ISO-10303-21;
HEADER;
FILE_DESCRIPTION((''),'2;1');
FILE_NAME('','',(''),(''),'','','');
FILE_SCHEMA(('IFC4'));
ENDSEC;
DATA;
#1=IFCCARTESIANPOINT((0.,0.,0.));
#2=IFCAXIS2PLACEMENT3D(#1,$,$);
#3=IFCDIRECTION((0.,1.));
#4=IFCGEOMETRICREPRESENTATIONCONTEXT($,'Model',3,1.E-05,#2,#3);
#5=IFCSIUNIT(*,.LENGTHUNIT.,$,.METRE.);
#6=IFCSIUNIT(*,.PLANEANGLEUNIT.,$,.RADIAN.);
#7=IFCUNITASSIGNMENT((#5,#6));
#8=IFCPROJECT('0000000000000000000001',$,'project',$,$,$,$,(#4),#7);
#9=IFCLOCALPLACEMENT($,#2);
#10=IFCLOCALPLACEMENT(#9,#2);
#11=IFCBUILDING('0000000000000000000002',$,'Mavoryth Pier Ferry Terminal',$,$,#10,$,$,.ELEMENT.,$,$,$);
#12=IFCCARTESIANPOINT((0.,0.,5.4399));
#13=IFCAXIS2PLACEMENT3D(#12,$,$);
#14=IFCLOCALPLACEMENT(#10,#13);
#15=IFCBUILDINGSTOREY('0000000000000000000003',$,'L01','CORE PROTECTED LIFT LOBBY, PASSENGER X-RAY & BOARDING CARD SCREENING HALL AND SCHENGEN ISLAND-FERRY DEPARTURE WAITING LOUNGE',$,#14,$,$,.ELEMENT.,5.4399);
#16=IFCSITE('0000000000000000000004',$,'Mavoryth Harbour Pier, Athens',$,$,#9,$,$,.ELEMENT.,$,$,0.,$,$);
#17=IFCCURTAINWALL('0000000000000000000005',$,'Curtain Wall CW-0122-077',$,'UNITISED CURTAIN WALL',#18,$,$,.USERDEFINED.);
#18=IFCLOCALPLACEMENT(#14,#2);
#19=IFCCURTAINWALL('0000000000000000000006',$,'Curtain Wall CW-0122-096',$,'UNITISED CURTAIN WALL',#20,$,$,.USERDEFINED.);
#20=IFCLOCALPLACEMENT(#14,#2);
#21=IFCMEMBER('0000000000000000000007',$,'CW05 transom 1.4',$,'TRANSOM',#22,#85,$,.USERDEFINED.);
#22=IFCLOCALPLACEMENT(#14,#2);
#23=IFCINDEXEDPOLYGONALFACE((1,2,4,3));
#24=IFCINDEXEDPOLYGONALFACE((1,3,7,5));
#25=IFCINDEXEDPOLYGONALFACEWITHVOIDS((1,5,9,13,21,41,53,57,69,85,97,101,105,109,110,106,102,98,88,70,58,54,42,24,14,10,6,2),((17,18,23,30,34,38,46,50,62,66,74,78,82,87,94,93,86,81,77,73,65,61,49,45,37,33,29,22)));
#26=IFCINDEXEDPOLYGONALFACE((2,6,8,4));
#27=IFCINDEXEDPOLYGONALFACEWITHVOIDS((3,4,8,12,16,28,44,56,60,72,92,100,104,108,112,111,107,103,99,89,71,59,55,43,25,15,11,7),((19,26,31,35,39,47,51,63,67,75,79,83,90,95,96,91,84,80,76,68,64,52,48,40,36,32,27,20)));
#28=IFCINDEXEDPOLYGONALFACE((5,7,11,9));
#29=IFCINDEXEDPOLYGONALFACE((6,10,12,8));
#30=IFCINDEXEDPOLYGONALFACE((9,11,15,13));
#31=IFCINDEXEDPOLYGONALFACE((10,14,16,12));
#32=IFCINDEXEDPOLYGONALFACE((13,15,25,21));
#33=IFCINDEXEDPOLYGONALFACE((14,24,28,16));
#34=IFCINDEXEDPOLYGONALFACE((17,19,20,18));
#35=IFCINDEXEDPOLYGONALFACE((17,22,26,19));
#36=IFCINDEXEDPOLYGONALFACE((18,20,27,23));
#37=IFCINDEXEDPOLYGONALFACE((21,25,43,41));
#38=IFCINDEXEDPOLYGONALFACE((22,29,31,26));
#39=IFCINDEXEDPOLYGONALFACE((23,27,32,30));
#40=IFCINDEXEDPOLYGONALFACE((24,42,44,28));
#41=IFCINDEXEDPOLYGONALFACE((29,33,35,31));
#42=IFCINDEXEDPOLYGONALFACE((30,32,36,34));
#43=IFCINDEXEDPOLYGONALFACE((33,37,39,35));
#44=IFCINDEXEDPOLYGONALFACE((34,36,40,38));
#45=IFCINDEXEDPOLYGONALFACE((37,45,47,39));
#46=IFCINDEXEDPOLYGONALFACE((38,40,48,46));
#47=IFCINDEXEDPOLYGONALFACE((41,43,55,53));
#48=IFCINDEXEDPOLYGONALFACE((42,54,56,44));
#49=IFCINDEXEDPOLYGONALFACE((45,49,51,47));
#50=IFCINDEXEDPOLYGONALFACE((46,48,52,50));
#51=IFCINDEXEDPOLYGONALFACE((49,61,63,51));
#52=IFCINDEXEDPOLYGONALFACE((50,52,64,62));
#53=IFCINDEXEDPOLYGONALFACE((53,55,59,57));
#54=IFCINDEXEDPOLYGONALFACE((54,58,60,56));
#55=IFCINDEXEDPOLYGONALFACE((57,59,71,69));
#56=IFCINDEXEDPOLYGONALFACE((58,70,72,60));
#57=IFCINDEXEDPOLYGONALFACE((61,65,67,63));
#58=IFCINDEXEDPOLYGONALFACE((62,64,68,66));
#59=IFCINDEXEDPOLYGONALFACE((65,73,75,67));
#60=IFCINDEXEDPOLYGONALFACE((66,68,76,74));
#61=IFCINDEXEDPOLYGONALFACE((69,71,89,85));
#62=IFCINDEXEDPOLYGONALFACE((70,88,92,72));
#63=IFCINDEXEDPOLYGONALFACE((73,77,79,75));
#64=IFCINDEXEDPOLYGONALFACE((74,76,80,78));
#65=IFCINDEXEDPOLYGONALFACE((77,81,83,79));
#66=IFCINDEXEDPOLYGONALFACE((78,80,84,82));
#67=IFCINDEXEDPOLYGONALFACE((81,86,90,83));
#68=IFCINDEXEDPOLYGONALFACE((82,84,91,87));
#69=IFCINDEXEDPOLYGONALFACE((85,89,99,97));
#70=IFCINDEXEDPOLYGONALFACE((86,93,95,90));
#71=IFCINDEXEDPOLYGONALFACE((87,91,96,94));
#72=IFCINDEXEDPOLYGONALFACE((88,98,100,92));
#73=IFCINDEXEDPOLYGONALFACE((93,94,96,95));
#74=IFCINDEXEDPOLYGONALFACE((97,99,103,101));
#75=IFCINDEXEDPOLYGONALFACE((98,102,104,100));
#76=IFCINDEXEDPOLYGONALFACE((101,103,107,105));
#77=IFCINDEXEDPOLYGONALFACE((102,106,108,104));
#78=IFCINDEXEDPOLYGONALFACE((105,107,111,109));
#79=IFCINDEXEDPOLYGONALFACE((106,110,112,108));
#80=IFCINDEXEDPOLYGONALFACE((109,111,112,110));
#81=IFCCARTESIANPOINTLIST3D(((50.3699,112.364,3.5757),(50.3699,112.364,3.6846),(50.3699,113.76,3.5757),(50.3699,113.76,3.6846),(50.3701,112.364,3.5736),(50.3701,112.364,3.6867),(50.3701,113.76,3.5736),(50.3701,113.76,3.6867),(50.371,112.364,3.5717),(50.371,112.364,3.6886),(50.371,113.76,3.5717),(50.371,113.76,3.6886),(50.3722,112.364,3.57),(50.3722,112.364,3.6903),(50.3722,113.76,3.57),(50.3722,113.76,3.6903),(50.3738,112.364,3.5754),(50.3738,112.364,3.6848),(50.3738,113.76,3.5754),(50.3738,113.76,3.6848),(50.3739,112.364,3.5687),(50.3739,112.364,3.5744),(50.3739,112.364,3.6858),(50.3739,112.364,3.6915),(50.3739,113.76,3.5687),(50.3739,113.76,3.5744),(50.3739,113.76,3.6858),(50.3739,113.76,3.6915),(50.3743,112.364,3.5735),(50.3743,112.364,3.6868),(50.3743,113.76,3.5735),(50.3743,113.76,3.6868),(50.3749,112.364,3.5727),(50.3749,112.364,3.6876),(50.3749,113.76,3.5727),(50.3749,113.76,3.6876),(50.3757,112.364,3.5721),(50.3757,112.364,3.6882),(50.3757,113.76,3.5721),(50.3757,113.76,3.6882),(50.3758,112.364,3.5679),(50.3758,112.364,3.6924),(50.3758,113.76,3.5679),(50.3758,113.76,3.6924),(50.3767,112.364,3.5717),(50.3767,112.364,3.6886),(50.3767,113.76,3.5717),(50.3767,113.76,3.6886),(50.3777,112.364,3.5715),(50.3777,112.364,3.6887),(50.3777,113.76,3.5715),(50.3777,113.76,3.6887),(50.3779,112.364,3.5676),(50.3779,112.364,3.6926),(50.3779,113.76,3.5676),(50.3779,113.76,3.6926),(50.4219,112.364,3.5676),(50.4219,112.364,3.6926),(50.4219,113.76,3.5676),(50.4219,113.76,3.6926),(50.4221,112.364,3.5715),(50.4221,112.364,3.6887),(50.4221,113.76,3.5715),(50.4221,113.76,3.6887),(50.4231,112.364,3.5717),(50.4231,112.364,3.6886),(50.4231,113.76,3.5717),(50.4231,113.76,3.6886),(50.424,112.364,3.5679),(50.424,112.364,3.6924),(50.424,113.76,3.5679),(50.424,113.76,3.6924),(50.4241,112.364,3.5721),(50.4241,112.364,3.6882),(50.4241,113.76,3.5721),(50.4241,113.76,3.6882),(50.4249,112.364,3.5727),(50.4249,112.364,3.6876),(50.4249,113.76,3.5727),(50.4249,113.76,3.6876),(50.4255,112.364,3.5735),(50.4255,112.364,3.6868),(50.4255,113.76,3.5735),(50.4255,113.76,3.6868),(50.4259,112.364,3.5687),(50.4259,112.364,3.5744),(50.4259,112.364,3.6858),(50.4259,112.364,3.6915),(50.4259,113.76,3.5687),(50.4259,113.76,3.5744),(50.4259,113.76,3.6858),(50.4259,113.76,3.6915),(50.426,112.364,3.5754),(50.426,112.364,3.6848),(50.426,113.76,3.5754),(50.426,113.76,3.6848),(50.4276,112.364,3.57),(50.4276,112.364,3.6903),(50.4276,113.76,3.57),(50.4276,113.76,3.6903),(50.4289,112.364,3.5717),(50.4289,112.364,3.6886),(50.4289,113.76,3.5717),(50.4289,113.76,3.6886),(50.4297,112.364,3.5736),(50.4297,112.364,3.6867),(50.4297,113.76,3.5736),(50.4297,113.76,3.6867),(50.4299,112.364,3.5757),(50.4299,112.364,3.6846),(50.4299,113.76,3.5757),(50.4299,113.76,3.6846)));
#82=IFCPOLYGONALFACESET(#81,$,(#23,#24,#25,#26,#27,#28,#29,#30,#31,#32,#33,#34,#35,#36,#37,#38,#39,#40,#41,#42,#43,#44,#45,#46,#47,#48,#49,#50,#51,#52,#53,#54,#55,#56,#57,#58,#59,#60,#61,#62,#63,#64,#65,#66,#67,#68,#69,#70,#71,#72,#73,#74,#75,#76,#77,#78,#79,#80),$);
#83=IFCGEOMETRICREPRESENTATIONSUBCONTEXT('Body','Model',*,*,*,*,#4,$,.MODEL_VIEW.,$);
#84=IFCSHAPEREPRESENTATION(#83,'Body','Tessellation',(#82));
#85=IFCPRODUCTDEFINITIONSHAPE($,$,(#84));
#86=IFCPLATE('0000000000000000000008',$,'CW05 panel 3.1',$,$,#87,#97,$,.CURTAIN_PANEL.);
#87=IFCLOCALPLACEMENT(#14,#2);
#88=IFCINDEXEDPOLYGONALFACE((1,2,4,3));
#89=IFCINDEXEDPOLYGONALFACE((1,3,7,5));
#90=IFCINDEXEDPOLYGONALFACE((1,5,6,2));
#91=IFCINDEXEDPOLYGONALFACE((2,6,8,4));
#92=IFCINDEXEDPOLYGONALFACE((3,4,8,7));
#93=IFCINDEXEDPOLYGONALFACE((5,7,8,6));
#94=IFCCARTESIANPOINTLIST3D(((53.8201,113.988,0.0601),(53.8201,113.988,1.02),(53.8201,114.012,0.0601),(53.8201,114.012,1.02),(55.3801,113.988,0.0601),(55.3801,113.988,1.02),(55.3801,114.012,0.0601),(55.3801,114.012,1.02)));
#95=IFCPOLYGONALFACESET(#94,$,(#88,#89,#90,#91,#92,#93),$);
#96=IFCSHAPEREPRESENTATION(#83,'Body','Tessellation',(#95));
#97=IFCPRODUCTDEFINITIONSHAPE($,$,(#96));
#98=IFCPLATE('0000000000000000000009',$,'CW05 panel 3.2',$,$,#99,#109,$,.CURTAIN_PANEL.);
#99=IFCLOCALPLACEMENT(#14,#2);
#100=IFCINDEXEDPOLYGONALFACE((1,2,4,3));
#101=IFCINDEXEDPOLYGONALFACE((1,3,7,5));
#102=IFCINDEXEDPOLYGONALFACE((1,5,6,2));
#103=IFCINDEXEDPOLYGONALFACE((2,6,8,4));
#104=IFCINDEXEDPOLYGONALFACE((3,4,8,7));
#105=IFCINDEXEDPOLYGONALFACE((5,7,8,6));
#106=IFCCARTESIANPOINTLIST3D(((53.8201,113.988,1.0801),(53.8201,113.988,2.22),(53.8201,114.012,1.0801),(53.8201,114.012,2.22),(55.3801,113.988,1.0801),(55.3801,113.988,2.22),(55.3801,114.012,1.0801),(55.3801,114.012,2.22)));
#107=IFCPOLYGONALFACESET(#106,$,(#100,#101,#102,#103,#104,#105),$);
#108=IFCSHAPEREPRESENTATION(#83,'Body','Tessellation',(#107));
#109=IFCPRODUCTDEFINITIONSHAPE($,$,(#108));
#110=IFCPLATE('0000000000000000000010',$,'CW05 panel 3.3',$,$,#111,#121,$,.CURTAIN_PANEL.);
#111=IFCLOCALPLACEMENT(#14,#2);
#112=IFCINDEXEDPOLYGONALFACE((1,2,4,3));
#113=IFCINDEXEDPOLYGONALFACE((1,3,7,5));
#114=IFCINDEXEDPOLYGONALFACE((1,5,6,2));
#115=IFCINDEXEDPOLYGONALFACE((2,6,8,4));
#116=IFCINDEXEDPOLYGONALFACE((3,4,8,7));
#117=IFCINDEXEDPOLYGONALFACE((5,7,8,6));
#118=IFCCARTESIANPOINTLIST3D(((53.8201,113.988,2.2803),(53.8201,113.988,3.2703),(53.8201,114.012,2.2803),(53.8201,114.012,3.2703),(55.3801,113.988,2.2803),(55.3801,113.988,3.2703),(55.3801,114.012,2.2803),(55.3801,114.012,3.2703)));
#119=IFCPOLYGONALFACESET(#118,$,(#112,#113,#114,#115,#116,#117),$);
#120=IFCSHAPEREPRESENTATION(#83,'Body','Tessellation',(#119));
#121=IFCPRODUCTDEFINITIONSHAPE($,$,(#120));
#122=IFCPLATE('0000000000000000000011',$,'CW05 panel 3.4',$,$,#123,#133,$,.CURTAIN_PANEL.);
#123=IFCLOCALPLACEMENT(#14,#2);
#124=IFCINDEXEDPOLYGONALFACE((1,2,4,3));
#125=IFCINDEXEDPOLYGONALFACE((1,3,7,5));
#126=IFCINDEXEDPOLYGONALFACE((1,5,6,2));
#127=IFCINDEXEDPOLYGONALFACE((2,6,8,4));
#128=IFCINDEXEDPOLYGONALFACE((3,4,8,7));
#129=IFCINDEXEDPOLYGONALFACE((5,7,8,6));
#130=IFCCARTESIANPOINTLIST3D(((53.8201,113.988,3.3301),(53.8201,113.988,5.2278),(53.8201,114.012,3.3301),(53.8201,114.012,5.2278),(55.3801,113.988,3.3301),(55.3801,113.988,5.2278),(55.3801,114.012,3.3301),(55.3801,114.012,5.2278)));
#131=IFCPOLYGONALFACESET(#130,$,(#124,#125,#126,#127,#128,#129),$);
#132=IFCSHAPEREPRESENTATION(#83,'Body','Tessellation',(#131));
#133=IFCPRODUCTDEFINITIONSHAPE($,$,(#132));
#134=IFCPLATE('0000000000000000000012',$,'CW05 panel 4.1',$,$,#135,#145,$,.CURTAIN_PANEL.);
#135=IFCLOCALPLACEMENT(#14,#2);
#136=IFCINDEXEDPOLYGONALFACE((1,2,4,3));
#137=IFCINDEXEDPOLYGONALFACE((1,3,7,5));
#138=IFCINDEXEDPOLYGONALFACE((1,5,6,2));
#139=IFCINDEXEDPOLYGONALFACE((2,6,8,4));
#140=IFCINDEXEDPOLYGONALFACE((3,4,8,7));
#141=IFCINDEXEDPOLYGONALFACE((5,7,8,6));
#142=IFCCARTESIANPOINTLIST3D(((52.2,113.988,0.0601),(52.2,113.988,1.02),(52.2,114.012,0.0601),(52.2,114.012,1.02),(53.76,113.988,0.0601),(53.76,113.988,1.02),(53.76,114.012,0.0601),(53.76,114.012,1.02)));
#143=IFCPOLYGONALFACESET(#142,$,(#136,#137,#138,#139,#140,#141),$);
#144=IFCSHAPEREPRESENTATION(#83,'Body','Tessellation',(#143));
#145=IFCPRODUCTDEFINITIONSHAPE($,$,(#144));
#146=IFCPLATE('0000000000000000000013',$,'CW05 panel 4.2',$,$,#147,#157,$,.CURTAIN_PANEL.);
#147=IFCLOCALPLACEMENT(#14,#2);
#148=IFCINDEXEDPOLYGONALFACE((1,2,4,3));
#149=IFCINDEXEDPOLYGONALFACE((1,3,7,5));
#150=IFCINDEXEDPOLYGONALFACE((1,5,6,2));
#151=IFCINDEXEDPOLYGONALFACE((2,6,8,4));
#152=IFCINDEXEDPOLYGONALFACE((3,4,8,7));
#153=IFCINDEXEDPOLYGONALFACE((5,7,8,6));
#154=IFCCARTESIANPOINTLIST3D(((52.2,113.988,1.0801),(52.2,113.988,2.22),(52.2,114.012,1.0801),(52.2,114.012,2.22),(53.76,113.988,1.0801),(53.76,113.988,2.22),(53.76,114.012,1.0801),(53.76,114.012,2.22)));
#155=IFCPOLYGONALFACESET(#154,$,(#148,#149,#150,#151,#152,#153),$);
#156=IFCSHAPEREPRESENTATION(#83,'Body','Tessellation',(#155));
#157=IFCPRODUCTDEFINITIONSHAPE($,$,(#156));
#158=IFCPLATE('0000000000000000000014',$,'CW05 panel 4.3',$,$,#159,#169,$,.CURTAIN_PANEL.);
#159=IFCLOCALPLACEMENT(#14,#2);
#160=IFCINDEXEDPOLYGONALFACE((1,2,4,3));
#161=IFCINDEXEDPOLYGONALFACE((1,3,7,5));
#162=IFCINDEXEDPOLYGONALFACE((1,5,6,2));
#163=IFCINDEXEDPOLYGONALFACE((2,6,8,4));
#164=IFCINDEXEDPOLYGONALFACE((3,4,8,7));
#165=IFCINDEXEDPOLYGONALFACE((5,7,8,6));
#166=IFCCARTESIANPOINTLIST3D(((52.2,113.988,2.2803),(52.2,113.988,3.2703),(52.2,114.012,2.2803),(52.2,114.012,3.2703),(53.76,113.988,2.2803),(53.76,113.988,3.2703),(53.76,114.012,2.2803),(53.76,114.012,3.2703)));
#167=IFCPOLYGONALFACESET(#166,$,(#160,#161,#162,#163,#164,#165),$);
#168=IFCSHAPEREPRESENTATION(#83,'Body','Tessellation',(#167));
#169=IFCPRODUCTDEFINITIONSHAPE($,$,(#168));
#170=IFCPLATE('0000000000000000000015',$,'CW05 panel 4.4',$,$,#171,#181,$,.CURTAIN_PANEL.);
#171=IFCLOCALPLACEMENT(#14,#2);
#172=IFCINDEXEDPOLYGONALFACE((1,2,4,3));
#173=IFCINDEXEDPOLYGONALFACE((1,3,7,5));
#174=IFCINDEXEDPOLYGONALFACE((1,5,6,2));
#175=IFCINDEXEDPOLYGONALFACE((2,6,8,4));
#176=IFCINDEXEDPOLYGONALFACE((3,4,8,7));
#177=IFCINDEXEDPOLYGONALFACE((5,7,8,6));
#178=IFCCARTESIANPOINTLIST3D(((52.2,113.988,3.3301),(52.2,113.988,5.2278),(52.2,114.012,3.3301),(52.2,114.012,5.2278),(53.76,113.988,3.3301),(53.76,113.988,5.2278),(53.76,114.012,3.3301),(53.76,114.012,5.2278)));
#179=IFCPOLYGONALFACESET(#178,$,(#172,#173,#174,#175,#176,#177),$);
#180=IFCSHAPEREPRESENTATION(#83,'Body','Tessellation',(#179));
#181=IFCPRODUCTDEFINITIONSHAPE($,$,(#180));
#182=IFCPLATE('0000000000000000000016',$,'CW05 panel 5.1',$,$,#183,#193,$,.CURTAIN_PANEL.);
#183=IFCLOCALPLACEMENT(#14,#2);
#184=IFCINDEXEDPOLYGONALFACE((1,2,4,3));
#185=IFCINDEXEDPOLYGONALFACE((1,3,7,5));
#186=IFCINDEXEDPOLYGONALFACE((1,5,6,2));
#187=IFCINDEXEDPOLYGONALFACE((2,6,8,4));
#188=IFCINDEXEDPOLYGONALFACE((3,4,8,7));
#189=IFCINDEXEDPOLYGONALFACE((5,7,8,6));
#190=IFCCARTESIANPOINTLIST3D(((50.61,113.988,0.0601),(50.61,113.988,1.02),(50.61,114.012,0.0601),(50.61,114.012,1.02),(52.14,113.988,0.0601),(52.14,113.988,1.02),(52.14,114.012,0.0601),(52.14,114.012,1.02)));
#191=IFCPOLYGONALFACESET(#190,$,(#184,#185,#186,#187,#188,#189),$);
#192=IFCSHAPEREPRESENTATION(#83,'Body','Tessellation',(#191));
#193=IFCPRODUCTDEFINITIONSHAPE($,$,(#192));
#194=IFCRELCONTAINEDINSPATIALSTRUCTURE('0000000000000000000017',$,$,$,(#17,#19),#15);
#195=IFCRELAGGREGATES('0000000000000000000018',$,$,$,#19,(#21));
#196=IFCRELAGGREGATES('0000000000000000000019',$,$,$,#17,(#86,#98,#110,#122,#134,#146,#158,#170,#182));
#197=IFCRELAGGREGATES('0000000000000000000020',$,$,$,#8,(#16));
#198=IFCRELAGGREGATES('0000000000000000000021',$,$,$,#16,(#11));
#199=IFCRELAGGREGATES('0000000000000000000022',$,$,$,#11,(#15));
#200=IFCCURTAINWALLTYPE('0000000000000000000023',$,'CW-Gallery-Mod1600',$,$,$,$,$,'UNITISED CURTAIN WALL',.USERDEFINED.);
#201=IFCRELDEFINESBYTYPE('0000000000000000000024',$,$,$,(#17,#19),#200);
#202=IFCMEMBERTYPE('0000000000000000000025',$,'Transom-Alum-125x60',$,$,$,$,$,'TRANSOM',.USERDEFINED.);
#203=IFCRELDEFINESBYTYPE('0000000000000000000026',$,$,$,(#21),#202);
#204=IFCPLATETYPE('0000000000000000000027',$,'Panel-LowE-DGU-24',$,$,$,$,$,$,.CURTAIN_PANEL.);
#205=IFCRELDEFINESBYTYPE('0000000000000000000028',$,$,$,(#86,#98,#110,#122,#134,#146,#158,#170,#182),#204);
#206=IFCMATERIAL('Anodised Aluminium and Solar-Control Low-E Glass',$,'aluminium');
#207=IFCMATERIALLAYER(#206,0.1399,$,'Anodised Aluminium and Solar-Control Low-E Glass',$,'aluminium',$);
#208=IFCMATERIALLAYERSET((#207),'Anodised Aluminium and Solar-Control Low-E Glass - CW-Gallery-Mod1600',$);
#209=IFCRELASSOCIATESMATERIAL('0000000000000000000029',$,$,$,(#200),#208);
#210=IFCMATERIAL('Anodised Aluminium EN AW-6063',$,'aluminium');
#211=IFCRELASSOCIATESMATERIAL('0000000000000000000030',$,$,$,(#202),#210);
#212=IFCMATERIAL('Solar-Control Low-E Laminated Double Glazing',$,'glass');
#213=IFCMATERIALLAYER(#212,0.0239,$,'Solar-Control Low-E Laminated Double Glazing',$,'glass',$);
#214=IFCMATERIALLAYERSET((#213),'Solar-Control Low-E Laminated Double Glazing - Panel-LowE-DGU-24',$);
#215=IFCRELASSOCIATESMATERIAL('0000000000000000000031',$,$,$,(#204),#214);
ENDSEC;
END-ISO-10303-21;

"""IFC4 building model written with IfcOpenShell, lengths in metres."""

from ifc_helpers import new_model, si_unit, direction, frame, origin, origin_2d, place, context, subcontext, project, spatial, rectangle, hollow_rectangle, extrude, material, layer, layer_set, material_profile, profile_set, type_object, element, aggregate, save


model = new_model("IFC4")

# Units and contexts
model_context = context("Model", 3, precision=1e-05, world=origin(), true_north=direction((0.0, 1.0)))
body_context = subcontext(model_context, "Body", "Model", "MODEL_VIEW")
ifc_project = project(units=[si_unit("LENGTHUNIT", "METRE"), si_unit("PLANEANGLEUNIT", "RADIAN")], contexts=[model_context])

# Site, building, storey
site_placement = place(None, origin())
site = spatial("IfcSite", under=ifc_project, at=site_placement, Name="Mavoryth Harbour Pier, Athens", CompositionType="ELEMENT", RefElevation=0.0)
building_placement = place(site_placement, origin())
building = spatial("IfcBuilding", under=site, at=building_placement, Name="Mavoryth Pier Ferry Terminal", CompositionType="ELEMENT")
storey_placement = place(building_placement, frame((0.0, 0.0, 5.4399)))
storey = spatial("IfcBuildingStorey", under=building, at=storey_placement, Name="L01", Description="CORE PROTECTED LIFT LOBBY, PASSENGER X-RAY & BOARDING CARD SCREENING HALL AND SCHENGEN ISLAND-FERRY DEPARTURE WAITING LOUNGE", CompositionType="ELEMENT", Elevation=5.4399)

# Curtain wall
ifc_material_1 = material(Name="Anodised Aluminium and Solar-Control Low-E Glass", Category="aluminium")
ifc_layer_1 = layer(ifc_material_1, 0.1399, Name="Anodised Aluminium and Solar-Control Low-E Glass", Category="aluminium")
ifc_layer_set_1 = layer_set([ifc_layer_1], Name="Anodised Aluminium and Solar-Control Low-E Glass - CW-Gallery-Mod1600")
curtain_wall_type = type_object("IfcCurtainWallType", Name="CW-Gallery-Mod1600", ElementType="UNITISED CURTAIN WALL", PredefinedType="USERDEFINED", material=ifc_layer_set_1)
curtain_wall_1_placement = place(storey_placement, origin())
curtain_wall_1 = element("IfcCurtainWall", 1, at=curtain_wall_1_placement, inside=storey, type_object=curtain_wall_type, Name="Curtain Wall CW-0122-077", ObjectType="UNITISED CURTAIN WALL", PredefinedType="USERDEFINED")
ifc_material_2 = material(Name="Anodised Aluminium EN AW-6063", Category="aluminium")

# Curtain wall
curtain_wall_2_placement = place(storey_placement, origin())
curtain_wall_2 = element("IfcCurtainWall", 2, at=curtain_wall_2_placement, inside=storey, type_object=curtain_wall_type, Name="Curtain Wall CW-0122-096", ObjectType="UNITISED CURTAIN WALL", PredefinedType="USERDEFINED")

# Member
ifc_material_profile_1 = material_profile(ifc_material_2, hollow_rectangle(XDim=0.0601, YDim=0.125, WallThickness=0.0039, InnerFilletRadius=0.0039, OuterFilletRadius=0.0081, at=origin_2d()), Name="AL-TRAN 125x60x4", Category="aluminium")
ifc_profile_set_1 = profile_set([ifc_material_profile_1], Name="Anodised Aluminium EN AW-6063 - AL-TRAN 125x60x4")
member_type_1 = type_object("IfcMemberType", Name="Transom-Alum-125x60", ElementType="TRANSOM", PredefinedType="USERDEFINED", material=ifc_profile_set_1)
member_1_placement = place(storey_placement, frame((50.3999, 113.76, 3.6301), z_axis=(0.0, -1.0, 0.0), x_axis=(1.0, 0.0, 0.0)))
member_1 = element("IfcMember", 3, at=member_1_placement, type_object=member_type_1, Name="CW05 transom 1.4", ObjectType="TRANSOM", PredefinedType="USERDEFINED", context=body_context, shape_type="SweptSolid", body=[
    extrude(hollow_rectangle(XDim=0.0601, YDim=0.125, WallThickness=0.0039, InnerFilletRadius=0.0039, OuterFilletRadius=0.0081, at=origin_2d()), origin(), (0.0, 0.0, 1.0), 1.396),
])
aggregate(curtain_wall_2, [member_1])

# Plates
ifc_material_3 = material(Name="Solar-Control Low-E Laminated Double Glazing", Category="glass")
ifc_layer_2 = layer(ifc_material_3, 0.0239, Name="Solar-Control Low-E Laminated Double Glazing", Category="glass")
ifc_layer_set_2 = layer_set([ifc_layer_2], Name="Solar-Control Low-E Laminated Double Glazing - Panel-LowE-DGU-24")
plate_type_1 = type_object("IfcPlateType", Name="Panel-LowE-DGU-24", PredefinedType="CURTAIN_PANEL", material=ifc_layer_set_2)
plate_1_placement = place(storey_placement, frame((54.6001, 114.0, 0.0601), z_axis=(0.0, 0.0, 1.0), x_axis=(-1.0, 0.0, 0.0)))
plate_1 = element("IfcPlate", 4, at=plate_1_placement, type_object=plate_type_1, Name="CW05 panel 3.1", PredefinedType="CURTAIN_PANEL", context=body_context, shape_type="SweptSolid", body=[
    extrude(rectangle(XDim=1.5601, YDim=0.0239, at=origin_2d()), origin(), (0.0, 0.0, 1.0), 0.96),
])
plate_2_placement = place(storey_placement, frame((54.6001, 114.0, 1.0801), z_axis=(0.0, 0.0, 1.0), x_axis=(-1.0, 0.0, 0.0)))
plate_2 = element("IfcPlate", 5, at=plate_2_placement, type_object=plate_type_1, Name="CW05 panel 3.2", PredefinedType="CURTAIN_PANEL", context=body_context, shape_type="SweptSolid", body=[
    extrude(rectangle(XDim=1.5601, YDim=0.0239, at=origin_2d()), origin(), (0.0, 0.0, 1.0), 1.1399),
])
plate_3_placement = place(storey_placement, frame((54.6001, 114.0, 2.2803), z_axis=(0.0, 0.0, 1.0), x_axis=(-1.0, 0.0, 0.0)))
plate_3 = element("IfcPlate", 6, at=plate_3_placement, type_object=plate_type_1, Name="CW05 panel 3.3", PredefinedType="CURTAIN_PANEL", context=body_context, shape_type="SweptSolid", body=[
    extrude(rectangle(XDim=1.5601, YDim=0.0239, at=origin_2d()), origin(), (0.0, 0.0, 1.0), 0.99),
])
plate_4_placement = place(storey_placement, frame((54.6001, 114.0, 3.3301), z_axis=(0.0, 0.0, 1.0), x_axis=(-1.0, 0.0, 0.0)))
plate_4 = element("IfcPlate", 7, at=plate_4_placement, type_object=plate_type_1, Name="CW05 panel 3.4", PredefinedType="CURTAIN_PANEL", context=body_context, shape_type="SweptSolid", body=[
    extrude(rectangle(XDim=1.5601, YDim=0.0239, at=origin_2d()), origin(), (0.0, 0.0, 1.0), 1.8977),
])
plate_5_placement = place(storey_placement, frame((52.98, 114.0, 0.0601), z_axis=(0.0, 0.0, 1.0), x_axis=(-1.0, 0.0, 0.0)))
plate_5 = element("IfcPlate", 8, at=plate_5_placement, type_object=plate_type_1, Name="CW05 panel 4.1", PredefinedType="CURTAIN_PANEL", context=body_context, shape_type="SweptSolid", body=[
    extrude(rectangle(XDim=1.5601, YDim=0.0239, at=origin_2d()), origin(), (0.0, 0.0, 1.0), 0.96),
])
plate_6_placement = place(storey_placement, frame((52.98, 114.0, 1.0801), z_axis=(0.0, 0.0, 1.0), x_axis=(-1.0, 0.0, 0.0)))
plate_6 = element("IfcPlate", 9, at=plate_6_placement, type_object=plate_type_1, Name="CW05 panel 4.2", PredefinedType="CURTAIN_PANEL", context=body_context, shape_type="SweptSolid", body=[
    extrude(rectangle(XDim=1.5601, YDim=0.0239, at=origin_2d()), origin(), (0.0, 0.0, 1.0), 1.1399),
])
plate_7_placement = place(storey_placement, frame((52.98, 114.0, 2.2803), z_axis=(0.0, 0.0, 1.0), x_axis=(-1.0, 0.0, 0.0)))
plate_7 = element("IfcPlate", 10, at=plate_7_placement, type_object=plate_type_1, Name="CW05 panel 4.3", PredefinedType="CURTAIN_PANEL", context=body_context, shape_type="SweptSolid", body=[
    extrude(rectangle(XDim=1.5601, YDim=0.0239, at=origin_2d()), origin(), (0.0, 0.0, 1.0), 0.99),
])
plate_8_placement = place(storey_placement, frame((52.98, 114.0, 3.3301), z_axis=(0.0, 0.0, 1.0), x_axis=(-1.0, 0.0, 0.0)))
plate_8 = element("IfcPlate", 11, at=plate_8_placement, type_object=plate_type_1, Name="CW05 panel 4.4", PredefinedType="CURTAIN_PANEL", context=body_context, shape_type="SweptSolid", body=[
    extrude(rectangle(XDim=1.5601, YDim=0.0239, at=origin_2d()), origin(), (0.0, 0.0, 1.0), 1.8977),
])
plate_9_placement = place(storey_placement, frame((51.375, 114.0, 0.0601), z_axis=(0.0, 0.0, 1.0), x_axis=(-1.0, 0.0, 0.0)))
plate_9 = element("IfcPlate", 12, at=plate_9_placement, type_object=plate_type_1, Name="CW05 panel 5.1", PredefinedType="CURTAIN_PANEL", context=body_context, shape_type="SweptSolid", body=[
    extrude(rectangle(XDim=1.53, YDim=0.0239, at=origin_2d()), origin(), (0.0, 0.0, 1.0), 0.96),
])
aggregate(curtain_wall_1, [plate_1, plate_2, plate_3, plate_4, plate_5, plate_6, plate_7, plate_8, plate_9])

save(model, "model.ifc")
